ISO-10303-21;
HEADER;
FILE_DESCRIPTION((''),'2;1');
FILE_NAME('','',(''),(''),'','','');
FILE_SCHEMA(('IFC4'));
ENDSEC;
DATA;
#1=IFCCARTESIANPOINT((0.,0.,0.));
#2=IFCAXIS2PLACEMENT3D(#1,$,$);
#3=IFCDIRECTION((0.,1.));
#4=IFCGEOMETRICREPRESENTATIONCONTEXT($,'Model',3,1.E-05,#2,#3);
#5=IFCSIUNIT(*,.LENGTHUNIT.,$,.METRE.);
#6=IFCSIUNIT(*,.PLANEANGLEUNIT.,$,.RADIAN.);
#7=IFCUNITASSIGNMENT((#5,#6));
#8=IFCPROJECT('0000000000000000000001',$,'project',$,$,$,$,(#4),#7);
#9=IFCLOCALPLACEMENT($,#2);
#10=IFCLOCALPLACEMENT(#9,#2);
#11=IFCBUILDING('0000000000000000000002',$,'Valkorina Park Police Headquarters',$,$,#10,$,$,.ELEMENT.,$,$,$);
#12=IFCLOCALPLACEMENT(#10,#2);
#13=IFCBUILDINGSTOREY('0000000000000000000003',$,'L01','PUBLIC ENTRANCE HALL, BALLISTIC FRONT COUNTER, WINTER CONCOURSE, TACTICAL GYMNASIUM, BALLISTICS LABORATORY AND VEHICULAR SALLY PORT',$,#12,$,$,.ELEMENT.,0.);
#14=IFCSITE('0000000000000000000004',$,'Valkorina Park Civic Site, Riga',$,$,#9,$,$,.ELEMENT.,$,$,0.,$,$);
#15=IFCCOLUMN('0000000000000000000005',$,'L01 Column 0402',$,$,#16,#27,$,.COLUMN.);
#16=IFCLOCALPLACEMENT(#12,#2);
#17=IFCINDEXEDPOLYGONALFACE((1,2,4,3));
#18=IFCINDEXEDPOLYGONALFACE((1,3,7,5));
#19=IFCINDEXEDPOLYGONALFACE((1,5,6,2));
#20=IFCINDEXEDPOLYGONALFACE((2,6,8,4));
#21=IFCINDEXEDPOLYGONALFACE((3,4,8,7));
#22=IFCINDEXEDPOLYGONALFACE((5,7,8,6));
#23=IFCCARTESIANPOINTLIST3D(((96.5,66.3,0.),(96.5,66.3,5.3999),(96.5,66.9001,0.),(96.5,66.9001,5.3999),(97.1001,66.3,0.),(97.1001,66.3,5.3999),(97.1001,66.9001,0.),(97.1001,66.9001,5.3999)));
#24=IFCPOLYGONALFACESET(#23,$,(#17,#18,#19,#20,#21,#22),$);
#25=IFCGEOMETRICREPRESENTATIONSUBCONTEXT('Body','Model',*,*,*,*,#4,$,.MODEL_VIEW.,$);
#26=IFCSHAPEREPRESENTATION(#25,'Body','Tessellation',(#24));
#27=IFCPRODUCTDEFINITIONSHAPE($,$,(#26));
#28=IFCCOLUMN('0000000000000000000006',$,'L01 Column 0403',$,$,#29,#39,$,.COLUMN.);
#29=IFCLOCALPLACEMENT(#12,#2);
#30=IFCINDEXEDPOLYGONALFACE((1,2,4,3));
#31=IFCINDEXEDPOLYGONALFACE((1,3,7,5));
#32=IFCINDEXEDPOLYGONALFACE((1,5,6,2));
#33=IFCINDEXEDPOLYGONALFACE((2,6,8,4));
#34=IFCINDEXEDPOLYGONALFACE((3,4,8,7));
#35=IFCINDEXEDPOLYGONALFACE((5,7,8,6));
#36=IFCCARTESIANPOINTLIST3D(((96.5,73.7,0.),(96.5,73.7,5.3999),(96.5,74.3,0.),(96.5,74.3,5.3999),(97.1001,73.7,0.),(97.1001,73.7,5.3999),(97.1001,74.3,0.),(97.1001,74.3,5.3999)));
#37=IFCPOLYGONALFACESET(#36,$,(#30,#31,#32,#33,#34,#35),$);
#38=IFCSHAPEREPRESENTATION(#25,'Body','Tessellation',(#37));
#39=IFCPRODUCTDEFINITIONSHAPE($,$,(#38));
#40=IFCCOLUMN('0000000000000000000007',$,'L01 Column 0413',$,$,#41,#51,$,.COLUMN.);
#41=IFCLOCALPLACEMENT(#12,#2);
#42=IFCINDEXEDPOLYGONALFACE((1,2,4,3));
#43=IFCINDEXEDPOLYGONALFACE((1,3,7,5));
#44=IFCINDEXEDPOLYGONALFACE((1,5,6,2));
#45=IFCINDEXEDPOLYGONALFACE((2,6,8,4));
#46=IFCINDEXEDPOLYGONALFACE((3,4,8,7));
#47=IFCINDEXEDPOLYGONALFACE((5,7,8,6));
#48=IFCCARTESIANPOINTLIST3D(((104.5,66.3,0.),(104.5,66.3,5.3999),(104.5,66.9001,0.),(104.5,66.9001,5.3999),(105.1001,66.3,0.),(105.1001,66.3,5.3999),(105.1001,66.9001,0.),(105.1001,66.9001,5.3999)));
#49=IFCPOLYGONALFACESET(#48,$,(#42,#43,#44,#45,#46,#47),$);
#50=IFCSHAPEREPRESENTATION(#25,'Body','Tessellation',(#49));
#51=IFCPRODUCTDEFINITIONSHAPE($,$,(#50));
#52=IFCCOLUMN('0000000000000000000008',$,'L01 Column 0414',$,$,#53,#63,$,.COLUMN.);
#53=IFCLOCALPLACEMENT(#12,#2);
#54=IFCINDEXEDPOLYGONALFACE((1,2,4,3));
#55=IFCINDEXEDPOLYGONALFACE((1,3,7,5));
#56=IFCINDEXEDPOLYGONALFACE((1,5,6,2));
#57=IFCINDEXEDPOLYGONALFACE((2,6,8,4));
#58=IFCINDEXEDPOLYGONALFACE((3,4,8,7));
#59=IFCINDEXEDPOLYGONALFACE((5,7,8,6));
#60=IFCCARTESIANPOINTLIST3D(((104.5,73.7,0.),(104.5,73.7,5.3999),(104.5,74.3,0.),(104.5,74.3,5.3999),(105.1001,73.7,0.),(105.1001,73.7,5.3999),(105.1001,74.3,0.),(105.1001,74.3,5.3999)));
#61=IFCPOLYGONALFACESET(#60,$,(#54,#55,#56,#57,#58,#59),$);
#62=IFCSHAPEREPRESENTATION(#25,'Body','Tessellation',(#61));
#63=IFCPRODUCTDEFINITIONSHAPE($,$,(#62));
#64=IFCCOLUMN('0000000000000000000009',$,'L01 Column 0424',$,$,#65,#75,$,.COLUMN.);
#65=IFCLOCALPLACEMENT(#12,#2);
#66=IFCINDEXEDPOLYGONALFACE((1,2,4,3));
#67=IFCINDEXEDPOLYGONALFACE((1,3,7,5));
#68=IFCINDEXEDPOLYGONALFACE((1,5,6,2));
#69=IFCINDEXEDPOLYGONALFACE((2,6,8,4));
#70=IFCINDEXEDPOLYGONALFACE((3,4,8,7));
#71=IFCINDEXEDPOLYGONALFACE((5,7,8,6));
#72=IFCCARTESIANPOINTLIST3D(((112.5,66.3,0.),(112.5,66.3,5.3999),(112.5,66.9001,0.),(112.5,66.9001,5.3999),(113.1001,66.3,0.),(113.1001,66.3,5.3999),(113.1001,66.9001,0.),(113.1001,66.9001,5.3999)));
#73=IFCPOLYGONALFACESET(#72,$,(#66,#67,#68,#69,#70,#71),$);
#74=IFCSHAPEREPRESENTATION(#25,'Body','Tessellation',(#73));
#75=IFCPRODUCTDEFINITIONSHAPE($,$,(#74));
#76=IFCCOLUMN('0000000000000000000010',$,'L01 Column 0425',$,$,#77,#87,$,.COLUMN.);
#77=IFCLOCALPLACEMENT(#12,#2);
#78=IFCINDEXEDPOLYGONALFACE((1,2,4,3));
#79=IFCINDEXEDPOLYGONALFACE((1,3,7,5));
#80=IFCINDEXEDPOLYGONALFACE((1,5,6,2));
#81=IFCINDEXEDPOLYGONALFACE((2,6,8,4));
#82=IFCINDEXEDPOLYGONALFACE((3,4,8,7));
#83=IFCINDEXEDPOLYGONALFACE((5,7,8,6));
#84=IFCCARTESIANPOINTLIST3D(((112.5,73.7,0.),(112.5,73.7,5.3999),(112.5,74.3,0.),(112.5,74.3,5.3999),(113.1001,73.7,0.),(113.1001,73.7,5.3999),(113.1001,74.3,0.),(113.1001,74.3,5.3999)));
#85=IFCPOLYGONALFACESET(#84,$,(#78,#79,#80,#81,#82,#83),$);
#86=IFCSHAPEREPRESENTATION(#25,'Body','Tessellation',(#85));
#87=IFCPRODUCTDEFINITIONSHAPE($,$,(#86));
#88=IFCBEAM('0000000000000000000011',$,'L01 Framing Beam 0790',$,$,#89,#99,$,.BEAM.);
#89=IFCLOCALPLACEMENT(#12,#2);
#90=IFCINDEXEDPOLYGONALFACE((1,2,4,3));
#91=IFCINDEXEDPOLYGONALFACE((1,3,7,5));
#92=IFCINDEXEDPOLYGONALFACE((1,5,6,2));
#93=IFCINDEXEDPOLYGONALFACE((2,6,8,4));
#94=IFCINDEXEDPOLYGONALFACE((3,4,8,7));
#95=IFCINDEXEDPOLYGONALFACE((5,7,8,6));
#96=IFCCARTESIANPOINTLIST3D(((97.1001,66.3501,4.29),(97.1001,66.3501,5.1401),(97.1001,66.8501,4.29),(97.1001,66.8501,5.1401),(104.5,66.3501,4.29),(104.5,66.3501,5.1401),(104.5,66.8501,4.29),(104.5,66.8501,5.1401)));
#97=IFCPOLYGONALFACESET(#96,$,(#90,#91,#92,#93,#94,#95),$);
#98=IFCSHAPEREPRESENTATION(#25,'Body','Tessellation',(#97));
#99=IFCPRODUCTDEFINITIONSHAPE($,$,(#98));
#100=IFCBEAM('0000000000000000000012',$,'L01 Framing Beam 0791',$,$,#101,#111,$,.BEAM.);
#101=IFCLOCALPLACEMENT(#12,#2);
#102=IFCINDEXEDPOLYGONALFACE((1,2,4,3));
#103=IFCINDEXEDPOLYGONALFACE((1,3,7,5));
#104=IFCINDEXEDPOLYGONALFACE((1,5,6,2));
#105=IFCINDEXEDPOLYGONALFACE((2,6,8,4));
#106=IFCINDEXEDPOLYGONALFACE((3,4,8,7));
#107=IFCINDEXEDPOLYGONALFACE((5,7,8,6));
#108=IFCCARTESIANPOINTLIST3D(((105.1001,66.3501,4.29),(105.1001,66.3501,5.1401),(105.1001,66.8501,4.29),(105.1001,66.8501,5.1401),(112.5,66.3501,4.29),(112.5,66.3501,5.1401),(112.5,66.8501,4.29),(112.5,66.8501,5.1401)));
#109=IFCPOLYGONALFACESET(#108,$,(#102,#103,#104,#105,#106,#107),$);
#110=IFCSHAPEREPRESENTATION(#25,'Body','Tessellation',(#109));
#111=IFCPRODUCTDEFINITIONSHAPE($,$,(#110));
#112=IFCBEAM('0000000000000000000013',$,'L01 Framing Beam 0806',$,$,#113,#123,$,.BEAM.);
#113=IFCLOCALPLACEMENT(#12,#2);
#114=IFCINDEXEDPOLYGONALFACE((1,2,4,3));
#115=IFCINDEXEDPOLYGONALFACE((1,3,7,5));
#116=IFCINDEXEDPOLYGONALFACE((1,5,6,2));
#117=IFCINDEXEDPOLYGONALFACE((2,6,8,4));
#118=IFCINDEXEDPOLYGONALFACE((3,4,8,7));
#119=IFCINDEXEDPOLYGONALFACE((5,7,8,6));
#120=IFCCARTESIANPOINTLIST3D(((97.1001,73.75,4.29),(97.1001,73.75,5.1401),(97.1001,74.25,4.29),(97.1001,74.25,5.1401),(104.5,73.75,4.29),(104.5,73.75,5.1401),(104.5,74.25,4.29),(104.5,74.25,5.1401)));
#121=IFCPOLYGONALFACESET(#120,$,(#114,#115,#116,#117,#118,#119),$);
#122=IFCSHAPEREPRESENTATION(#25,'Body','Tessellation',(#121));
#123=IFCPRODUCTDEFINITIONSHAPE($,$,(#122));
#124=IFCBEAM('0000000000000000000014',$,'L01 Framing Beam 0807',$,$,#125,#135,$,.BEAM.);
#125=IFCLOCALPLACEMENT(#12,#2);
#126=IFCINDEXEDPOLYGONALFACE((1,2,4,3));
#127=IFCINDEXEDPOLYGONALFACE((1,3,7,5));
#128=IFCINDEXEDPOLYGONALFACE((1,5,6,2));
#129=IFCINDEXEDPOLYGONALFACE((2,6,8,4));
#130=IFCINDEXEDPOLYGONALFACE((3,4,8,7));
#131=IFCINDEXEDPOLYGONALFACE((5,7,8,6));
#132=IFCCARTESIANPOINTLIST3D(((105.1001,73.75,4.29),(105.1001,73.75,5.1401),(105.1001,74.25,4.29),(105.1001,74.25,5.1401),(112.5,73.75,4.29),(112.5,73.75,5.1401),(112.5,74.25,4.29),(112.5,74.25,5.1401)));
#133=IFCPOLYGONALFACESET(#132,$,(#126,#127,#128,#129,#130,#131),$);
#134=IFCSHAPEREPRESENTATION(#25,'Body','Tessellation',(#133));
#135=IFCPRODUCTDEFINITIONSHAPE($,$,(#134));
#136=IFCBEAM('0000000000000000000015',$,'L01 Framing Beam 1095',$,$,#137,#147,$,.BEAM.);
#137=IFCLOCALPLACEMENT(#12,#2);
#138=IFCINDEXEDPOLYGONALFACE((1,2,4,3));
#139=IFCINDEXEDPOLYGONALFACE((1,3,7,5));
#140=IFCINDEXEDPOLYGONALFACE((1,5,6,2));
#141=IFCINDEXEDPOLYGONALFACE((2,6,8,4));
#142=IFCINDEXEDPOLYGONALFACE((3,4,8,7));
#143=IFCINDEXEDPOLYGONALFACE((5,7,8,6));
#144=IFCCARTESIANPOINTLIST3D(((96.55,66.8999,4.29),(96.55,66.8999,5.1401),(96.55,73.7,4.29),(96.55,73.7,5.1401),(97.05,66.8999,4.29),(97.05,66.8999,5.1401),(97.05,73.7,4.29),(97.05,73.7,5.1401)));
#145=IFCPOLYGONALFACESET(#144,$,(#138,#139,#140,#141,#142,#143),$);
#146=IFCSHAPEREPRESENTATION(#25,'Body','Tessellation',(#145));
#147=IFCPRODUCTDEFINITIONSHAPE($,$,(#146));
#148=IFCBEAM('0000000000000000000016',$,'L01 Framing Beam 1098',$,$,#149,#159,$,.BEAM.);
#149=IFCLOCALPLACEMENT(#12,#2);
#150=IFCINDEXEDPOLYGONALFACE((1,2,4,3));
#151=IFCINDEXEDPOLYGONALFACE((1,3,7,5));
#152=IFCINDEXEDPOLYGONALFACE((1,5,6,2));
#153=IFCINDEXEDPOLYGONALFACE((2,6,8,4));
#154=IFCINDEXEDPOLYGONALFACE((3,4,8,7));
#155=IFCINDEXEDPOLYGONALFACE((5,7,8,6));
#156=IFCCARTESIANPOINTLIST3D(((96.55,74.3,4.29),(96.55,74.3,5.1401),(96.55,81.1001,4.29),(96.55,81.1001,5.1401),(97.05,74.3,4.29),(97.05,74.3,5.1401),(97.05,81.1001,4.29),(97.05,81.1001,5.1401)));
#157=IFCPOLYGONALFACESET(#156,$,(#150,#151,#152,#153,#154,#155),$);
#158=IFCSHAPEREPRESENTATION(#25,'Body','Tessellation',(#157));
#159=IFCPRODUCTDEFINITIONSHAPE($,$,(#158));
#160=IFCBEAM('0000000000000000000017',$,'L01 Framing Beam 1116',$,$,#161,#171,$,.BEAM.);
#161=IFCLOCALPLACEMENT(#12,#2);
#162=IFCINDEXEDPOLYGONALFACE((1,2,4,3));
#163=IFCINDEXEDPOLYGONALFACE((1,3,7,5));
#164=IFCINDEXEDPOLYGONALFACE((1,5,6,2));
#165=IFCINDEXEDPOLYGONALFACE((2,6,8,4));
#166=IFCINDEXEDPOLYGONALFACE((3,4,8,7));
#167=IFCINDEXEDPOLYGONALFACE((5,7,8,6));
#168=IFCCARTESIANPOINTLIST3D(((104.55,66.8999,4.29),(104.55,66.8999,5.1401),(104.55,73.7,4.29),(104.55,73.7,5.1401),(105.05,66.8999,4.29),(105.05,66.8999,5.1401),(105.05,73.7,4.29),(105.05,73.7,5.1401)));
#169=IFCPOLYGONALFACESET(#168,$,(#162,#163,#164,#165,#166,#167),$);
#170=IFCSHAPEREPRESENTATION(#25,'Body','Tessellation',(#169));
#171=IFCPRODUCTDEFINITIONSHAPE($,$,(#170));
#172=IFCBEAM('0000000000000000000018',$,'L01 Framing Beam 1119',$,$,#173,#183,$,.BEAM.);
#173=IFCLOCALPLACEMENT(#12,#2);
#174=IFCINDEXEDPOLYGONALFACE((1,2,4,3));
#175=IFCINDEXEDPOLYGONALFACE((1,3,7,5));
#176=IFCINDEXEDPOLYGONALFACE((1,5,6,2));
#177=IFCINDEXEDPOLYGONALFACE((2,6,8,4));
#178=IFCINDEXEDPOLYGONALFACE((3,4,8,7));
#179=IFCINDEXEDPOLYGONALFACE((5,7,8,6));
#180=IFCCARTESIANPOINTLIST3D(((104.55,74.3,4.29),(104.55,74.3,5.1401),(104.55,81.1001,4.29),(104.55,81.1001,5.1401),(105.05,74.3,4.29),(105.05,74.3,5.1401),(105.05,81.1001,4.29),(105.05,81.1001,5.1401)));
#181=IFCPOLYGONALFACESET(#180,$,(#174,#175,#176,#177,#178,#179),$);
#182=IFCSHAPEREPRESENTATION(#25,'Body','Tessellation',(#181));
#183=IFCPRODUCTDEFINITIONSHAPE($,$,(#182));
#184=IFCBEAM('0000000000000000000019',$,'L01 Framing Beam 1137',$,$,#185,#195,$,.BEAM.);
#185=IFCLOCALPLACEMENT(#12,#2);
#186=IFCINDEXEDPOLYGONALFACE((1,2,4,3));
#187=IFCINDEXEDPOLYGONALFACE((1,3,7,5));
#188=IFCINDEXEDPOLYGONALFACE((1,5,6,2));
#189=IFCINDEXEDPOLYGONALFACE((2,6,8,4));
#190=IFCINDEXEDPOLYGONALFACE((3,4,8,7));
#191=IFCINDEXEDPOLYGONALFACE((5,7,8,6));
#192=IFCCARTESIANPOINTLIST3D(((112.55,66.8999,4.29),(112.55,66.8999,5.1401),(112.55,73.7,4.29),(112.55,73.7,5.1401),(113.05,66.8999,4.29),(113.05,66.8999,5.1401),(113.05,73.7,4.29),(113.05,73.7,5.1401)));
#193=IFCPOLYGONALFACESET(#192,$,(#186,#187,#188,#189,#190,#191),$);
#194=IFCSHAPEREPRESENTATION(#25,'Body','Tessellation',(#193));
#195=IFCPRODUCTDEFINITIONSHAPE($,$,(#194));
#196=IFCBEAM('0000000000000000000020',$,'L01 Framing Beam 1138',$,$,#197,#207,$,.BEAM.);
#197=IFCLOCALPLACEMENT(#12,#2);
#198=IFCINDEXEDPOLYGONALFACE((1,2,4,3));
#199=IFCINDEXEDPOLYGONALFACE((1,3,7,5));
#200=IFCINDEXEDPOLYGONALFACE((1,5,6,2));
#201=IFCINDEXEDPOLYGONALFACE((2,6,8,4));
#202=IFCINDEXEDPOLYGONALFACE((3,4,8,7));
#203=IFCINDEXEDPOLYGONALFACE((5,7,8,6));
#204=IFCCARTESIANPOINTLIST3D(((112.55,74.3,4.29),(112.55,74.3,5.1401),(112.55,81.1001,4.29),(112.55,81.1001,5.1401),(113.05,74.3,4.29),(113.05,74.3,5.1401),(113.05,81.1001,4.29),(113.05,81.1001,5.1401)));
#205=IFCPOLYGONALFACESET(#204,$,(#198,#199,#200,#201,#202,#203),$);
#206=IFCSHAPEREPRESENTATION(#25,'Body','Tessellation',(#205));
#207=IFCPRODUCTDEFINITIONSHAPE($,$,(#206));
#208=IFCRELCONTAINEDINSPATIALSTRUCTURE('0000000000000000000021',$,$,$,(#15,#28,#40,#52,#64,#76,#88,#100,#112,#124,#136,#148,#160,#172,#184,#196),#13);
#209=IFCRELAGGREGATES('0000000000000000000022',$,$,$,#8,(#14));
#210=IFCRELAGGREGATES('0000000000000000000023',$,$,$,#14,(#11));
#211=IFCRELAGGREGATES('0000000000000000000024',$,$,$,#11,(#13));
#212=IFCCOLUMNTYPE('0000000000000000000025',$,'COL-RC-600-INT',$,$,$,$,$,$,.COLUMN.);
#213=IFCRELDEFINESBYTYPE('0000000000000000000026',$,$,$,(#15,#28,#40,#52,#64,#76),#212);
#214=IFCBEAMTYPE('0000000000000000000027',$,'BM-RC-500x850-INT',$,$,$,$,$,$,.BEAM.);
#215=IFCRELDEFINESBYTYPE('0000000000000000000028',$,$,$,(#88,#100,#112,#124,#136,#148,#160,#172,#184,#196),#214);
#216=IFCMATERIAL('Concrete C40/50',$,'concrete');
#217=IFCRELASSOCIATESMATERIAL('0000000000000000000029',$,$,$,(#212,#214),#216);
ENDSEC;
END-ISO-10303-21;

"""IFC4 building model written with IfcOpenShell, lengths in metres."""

from ifc_helpers import new_model, si_unit, direction, frame, origin, origin_2d, place, context, subcontext, project, spatial, rectangle, extrude, material, material_profile, profile_set, type_object, element, save


model = new_model("IFC4")

# Units and contexts
model_context = context("Model", 3, precision=1e-05, world=origin(), true_north=direction((0.0, 1.0)))
body_context = subcontext(model_context, "Body", "Model", "MODEL_VIEW")
ifc_project = project(units=[si_unit("LENGTHUNIT", "METRE"), si_unit("PLANEANGLEUNIT", "RADIAN")], contexts=[model_context])

# Site, building, storey
site_placement = place(None, origin())
site = spatial("IfcSite", under=ifc_project, at=site_placement, Name="Valkorina Park Civic Site, Riga", CompositionType="ELEMENT", RefElevation=0.0)
building_placement = place(site_placement, origin())
building = spatial("IfcBuilding", under=site, at=building_placement, Name="Valkorina Park Police Headquarters", CompositionType="ELEMENT")
storey_placement = place(building_placement, origin())
storey = spatial("IfcBuildingStorey", under=building, at=storey_placement, Name="L01", Description="PUBLIC ENTRANCE HALL, BALLISTIC FRONT COUNTER, WINTER CONCOURSE, TACTICAL GYMNASIUM, BALLISTICS LABORATORY AND VEHICULAR SALLY PORT", CompositionType="ELEMENT", Elevation=0.0)

# Columns
ifc_material_1 = material(Name="Concrete C40/50", Category="concrete")
ifc_material_profile_1 = material_profile(ifc_material_1, rectangle(XDim=0.6001, YDim=0.6001, at=origin_2d()), Name="RC COL 600x600")
ifc_profile_set_1 = profile_set([ifc_material_profile_1], Name="Concrete C40/50")
column_type = type_object("IfcColumnType", Name="COL-RC-600-INT", PredefinedType="COLUMN", material=ifc_profile_set_1)
for number, where, z_axis, x_axis, name in (
    (1, (96.8, 66.6001, 0.0), (0.0, 0.0, 1.0), (1.0, 0.0, 0.0), "L01 Column 0402"),
    (2, (96.8, 74.0, 0.0), (0.0, 0.0, 1.0), (1.0, 0.0, 0.0), "L01 Column 0403"),
    (3, (104.8, 66.6001, 0.0), (0.0, 0.0, 1.0), (1.0, 0.0, 0.0), "L01 Column 0413"),
    (4, (104.8, 74.0, 0.0), (0.0, 0.0, 1.0), (1.0, 0.0, 0.0), "L01 Column 0414"),
    (5, (112.8, 66.6001, 0.0), (0.0, 0.0, 1.0), (1.0, 0.0, 0.0), "L01 Column 0424"),
    (6, (112.8, 74.0, 0.0), (0.0, 0.0, 1.0), (1.0, 0.0, 0.0), "L01 Column 0425"),
):
    element("IfcColumn", number, at=place(storey_placement, frame(where, z_axis=z_axis, x_axis=x_axis)), inside=storey, type_object=column_type, Name=name, PredefinedType="COLUMN", context=body_context, shape_type="SweptSolid", body=[
        extrude(rectangle(XDim=0.6001, YDim=0.6001, at=origin_2d()), origin(), (0.0, 0.0, 1.0), 5.3999),
    ])

# Beams
ifc_material_profile_2 = material_profile(ifc_material_1, rectangle(XDim=0.5, YDim=0.8501, at=origin_2d()), Name="RC BEAM 500x850")
ifc_profile_set_2 = profile_set([ifc_material_profile_2], Name="Concrete C40/50")
beam_type_1 = type_object("IfcBeamType", Name="BM-RC-500x850-INT", PredefinedType="BEAM", material=ifc_profile_set_2)
for number, where, z_axis, x_axis, name in (
    (7, (97.1001, 66.6001, 4.7151), (1.0, 0.0, 0.0), (0.0, 1.0, 0.0), "L01 Framing Beam 0790"),
    (8, (105.1001, 66.6001, 4.7151), (1.0, 0.0, 0.0), (0.0, 1.0, 0.0), "L01 Framing Beam 0791"),
    (9, (97.1001, 74.0, 4.7151), (1.0, 0.0, 0.0), (0.0, 1.0, 0.0), "L01 Framing Beam 0806"),
    (10, (105.1001, 74.0, 4.7151), (1.0, 0.0, 0.0), (0.0, 1.0, 0.0), "L01 Framing Beam 0807"),
):
    element("IfcBeam", number, at=place(storey_placement, frame(where, z_axis=z_axis, x_axis=x_axis)), inside=storey, type_object=beam_type_1, Name=name, PredefinedType="BEAM", context=body_context, shape_type="SweptSolid", body=[
        extrude(rectangle(XDim=0.5, YDim=0.8501, at=origin_2d()), origin(), (0.0, 0.0, 1.0), 7.3999),
    ])
for number, where, z_axis, x_axis, name in (
    (11, (96.8, 66.8999, 4.7151), (0.0, 1.0, 0.0), (-1.0, 0.0, 0.0), "L01 Framing Beam 1095"),
    (12, (96.8, 74.3, 4.7151), (0.0, 1.0, 0.0), (-1.0, 0.0, 0.0), "L01 Framing Beam 1098"),
    (13, (104.8, 66.8999, 4.7151), (0.0, 1.0, 0.0), (-1.0, 0.0, 0.0), "L01 Framing Beam 1116"),
    (14, (104.8, 74.3, 4.7151), (0.0, 1.0, 0.0), (-1.0, 0.0, 0.0), "L01 Framing Beam 1119"),
    (15, (112.8, 66.8999, 4.7151), (0.0, 1.0, 0.0), (-1.0, 0.0, 0.0), "L01 Framing Beam 1137"),
    (16, (112.8, 74.3, 4.7151), (0.0, 1.0, 0.0), (-1.0, 0.0, 0.0), "L01 Framing Beam 1138"),
):
    element("IfcBeam", number, at=place(storey_placement, frame(where, z_axis=z_axis, x_axis=x_axis)), inside=storey, type_object=beam_type_1, Name=name, PredefinedType="BEAM", context=body_context, shape_type="SweptSolid", body=[
        extrude(rectangle(XDim=0.5, YDim=0.8501, at=origin_2d()), origin(), (0.0, 0.0, 1.0), 6.8),
    ])

save(model, "model.ifc")
